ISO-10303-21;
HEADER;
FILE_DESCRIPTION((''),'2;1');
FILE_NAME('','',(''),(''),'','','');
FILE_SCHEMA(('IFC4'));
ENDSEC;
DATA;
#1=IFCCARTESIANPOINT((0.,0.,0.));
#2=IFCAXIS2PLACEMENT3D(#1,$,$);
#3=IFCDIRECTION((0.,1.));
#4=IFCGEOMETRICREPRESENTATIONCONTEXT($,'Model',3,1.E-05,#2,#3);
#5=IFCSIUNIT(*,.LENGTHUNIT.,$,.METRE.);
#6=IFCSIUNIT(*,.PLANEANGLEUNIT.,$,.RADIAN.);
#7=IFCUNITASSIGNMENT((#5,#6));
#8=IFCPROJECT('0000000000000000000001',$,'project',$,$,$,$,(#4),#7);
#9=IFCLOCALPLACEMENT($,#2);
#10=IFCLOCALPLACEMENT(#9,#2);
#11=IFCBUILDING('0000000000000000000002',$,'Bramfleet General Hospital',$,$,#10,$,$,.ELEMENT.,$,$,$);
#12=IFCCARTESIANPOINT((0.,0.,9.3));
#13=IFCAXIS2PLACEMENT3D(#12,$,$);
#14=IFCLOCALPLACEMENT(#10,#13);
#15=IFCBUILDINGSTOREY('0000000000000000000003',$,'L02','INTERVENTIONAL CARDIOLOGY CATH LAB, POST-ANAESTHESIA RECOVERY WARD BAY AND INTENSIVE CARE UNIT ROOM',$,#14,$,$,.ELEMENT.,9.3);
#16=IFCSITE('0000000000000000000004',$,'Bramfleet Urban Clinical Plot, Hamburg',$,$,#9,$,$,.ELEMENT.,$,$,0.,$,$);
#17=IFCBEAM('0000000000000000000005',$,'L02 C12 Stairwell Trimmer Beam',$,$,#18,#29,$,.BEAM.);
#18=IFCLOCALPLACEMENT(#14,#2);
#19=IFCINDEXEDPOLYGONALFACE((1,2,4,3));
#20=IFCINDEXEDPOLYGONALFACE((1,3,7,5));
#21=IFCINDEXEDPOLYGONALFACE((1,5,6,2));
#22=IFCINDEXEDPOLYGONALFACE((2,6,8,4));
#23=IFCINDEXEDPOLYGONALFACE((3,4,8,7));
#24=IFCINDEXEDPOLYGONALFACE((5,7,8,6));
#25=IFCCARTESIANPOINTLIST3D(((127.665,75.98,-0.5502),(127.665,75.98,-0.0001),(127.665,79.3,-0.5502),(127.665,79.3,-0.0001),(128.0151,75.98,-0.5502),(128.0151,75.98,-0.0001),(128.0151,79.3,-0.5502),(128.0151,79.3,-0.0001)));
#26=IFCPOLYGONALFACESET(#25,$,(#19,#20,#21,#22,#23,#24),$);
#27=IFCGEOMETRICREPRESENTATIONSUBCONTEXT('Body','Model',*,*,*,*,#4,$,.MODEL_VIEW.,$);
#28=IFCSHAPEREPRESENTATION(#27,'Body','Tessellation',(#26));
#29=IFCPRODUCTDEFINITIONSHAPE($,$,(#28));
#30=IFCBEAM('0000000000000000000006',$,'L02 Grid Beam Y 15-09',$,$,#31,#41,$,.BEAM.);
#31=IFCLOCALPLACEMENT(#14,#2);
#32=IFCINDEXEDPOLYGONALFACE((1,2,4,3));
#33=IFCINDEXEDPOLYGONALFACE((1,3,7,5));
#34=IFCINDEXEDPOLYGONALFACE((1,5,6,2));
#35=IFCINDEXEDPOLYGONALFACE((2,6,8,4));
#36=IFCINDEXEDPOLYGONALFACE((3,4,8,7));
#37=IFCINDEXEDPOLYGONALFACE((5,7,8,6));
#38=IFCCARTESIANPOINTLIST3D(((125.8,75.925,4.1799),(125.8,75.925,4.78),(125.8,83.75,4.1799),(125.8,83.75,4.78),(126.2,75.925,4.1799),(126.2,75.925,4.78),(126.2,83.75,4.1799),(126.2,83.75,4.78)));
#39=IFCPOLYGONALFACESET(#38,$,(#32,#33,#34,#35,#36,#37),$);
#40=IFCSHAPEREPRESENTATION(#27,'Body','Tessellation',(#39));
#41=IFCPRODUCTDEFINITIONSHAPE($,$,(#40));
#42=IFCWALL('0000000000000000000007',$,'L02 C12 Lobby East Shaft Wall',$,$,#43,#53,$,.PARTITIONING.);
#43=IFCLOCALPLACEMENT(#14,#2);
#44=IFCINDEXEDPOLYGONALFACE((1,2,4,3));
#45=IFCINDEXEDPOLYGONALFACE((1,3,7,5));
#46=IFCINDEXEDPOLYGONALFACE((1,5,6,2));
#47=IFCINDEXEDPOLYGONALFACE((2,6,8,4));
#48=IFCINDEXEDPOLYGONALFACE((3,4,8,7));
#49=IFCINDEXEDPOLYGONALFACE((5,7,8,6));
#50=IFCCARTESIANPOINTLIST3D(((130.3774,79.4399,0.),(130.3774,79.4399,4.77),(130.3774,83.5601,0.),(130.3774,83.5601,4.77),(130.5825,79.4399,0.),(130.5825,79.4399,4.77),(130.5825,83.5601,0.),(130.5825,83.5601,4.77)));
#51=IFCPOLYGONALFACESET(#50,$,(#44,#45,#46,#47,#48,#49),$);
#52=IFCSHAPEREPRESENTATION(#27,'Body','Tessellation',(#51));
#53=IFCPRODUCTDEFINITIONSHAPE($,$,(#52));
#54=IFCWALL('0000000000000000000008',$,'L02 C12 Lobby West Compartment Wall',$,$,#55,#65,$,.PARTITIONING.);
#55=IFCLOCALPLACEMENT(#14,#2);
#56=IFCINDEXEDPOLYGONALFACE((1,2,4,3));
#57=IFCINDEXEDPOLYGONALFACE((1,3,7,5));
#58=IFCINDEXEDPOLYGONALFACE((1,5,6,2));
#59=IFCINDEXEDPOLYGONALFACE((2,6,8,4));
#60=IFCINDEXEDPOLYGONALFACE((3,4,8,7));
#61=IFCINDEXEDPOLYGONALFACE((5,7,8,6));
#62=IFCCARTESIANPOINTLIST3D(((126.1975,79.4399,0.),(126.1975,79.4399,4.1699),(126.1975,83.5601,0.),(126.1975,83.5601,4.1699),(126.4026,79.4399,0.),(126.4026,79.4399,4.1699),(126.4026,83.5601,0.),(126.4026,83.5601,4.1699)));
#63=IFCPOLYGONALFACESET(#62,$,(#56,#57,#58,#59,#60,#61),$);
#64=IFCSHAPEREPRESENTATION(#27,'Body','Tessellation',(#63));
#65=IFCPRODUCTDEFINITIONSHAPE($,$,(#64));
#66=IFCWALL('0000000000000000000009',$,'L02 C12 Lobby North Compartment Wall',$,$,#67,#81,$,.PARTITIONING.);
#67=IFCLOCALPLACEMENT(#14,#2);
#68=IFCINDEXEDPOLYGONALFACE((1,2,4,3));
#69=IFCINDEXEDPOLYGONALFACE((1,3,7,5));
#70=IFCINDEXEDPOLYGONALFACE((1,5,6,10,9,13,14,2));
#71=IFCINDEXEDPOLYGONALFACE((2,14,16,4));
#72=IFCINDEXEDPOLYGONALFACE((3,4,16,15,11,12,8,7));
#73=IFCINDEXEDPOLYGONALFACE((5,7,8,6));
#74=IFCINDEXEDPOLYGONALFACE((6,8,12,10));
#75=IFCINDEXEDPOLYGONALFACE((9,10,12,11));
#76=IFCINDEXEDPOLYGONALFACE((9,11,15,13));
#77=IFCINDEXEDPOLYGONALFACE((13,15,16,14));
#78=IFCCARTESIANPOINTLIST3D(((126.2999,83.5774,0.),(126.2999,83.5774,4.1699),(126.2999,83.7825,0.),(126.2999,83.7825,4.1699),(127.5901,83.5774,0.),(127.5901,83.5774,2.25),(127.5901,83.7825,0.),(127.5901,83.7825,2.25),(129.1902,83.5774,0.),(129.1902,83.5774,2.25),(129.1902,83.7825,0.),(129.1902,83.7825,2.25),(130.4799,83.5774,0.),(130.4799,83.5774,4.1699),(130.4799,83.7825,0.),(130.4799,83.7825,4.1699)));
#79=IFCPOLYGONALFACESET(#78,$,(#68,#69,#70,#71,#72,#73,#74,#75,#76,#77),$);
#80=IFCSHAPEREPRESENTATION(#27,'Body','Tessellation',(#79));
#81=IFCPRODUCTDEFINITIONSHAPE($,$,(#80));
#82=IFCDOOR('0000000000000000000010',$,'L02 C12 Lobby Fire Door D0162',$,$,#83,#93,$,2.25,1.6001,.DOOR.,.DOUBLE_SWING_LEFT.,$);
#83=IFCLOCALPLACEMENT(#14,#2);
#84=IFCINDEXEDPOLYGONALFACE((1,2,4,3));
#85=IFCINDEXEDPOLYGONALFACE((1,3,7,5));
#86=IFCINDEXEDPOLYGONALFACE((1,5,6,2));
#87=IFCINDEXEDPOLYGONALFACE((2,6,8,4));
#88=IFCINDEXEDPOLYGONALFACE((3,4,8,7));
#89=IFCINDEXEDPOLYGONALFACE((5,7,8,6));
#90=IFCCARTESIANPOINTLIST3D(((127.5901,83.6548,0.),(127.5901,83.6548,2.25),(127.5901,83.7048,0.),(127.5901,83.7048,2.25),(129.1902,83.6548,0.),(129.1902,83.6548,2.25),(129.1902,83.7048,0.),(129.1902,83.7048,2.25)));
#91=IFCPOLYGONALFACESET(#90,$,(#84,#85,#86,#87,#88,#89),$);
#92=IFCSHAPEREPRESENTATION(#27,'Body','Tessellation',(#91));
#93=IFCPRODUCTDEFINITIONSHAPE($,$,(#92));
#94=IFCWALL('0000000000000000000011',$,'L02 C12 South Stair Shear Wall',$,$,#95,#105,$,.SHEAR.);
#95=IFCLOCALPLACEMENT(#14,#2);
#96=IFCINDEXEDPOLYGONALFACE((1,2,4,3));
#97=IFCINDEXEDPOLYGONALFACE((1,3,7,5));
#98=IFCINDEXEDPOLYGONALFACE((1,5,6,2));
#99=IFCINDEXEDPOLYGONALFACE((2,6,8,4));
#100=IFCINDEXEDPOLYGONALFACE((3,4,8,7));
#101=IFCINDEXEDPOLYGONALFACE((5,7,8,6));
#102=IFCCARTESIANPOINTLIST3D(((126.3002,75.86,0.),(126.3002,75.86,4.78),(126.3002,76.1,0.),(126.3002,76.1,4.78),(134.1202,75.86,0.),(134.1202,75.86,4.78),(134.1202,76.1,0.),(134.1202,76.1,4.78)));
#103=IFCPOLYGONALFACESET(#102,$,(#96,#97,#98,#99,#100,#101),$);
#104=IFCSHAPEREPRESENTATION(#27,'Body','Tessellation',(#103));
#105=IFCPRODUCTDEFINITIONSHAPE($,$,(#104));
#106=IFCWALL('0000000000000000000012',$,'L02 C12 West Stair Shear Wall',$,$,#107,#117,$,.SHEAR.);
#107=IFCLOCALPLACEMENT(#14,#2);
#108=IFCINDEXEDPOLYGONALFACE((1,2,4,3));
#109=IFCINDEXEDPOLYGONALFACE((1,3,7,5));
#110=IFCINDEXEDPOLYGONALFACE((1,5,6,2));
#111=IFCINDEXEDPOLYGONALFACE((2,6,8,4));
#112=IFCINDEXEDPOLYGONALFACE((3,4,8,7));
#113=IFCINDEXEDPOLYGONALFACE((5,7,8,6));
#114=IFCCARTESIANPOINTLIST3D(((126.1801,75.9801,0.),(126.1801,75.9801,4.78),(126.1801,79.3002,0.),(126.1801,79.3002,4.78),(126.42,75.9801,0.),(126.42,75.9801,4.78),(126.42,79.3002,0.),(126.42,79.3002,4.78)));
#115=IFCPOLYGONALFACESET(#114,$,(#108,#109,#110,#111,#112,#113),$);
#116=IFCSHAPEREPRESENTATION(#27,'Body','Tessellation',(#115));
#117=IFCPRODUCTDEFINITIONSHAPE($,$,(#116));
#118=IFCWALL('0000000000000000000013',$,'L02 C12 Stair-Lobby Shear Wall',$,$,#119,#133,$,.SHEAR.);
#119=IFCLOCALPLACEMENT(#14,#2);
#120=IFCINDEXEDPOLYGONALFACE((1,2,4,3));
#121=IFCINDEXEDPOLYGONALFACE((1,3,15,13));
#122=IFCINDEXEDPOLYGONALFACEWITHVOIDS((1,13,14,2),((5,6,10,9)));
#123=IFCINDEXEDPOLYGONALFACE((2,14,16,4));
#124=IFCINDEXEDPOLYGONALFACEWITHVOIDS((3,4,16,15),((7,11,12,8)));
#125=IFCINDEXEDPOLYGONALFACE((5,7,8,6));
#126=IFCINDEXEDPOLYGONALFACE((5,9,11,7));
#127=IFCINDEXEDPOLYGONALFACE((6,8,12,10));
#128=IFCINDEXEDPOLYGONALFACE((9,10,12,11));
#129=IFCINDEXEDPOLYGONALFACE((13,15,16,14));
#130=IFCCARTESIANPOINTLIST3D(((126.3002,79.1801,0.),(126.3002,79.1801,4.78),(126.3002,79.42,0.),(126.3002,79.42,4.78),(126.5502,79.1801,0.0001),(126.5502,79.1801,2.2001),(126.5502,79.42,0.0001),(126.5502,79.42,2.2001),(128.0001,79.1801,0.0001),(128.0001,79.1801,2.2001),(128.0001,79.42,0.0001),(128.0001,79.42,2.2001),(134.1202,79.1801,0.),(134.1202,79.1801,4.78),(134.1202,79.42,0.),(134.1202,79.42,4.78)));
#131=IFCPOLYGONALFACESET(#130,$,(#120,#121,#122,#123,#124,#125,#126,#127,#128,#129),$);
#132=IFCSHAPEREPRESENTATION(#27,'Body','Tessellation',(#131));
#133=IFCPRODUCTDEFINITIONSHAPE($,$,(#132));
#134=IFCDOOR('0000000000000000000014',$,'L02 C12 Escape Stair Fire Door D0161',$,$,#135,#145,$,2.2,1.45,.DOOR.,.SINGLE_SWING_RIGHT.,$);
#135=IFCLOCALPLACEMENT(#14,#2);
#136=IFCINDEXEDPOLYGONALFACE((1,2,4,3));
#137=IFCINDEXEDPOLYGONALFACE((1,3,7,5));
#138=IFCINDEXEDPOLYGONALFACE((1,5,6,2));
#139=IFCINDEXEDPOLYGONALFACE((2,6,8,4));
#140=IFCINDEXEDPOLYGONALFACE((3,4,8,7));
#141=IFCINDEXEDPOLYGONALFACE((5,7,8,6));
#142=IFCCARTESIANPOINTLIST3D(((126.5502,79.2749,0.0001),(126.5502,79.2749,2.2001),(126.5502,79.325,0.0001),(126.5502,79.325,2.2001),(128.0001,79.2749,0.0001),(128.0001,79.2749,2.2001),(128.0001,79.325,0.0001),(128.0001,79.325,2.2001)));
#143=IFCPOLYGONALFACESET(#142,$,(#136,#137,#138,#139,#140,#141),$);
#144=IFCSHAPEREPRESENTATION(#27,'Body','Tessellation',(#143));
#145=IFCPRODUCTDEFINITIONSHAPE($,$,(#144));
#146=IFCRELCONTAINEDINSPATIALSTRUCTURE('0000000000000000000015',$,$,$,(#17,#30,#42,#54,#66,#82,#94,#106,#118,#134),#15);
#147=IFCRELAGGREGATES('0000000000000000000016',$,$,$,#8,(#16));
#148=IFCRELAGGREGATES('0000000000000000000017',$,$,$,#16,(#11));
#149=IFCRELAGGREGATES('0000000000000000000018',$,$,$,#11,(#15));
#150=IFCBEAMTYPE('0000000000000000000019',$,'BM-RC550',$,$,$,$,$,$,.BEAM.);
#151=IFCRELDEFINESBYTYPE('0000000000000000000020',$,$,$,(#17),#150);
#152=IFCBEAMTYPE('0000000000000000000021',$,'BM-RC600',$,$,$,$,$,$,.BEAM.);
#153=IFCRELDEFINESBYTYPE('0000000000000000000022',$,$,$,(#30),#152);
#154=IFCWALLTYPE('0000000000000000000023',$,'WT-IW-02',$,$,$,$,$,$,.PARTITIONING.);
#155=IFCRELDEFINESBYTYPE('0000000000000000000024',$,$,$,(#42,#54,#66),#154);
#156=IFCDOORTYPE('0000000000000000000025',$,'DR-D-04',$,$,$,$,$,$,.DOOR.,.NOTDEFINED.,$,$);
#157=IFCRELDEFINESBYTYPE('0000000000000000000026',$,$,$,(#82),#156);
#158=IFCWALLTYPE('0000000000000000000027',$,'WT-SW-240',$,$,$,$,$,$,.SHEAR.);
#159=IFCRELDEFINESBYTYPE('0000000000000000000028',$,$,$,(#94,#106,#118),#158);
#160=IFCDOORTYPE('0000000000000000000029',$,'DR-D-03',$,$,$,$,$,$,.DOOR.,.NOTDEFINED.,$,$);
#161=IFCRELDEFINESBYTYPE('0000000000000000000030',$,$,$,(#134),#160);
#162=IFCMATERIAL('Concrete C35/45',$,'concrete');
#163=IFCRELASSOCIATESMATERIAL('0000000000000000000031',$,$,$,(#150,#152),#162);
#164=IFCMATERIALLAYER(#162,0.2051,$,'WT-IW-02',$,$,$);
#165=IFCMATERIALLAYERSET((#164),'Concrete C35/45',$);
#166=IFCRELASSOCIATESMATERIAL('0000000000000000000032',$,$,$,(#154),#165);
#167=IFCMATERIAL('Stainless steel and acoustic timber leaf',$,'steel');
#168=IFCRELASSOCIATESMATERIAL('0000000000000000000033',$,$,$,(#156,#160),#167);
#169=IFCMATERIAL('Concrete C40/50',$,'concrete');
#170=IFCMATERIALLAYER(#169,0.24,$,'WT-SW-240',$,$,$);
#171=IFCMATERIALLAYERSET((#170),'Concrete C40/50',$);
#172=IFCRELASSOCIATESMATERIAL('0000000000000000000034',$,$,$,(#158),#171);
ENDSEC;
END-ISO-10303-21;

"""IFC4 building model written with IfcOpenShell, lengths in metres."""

from ifc_helpers import new_model, si_unit, direction, frame, frame_2d, origin, origin_2d, place, context, subcontext, project, spatial, rectangle, extrude, material, layer, layer_set, material_profile, profile_set, type_object, element, fill, save


model = new_model("IFC4")

# Units and contexts
model_context = context("Model", 3, precision=1e-05, world=origin(), true_north=direction((0.0, 1.0)))
body_context = subcontext(model_context, "Body", "Model", "MODEL_VIEW")
ifc_project = project(units=[si_unit("LENGTHUNIT", "METRE"), si_unit("PLANEANGLEUNIT", "RADIAN")], contexts=[model_context])

# Site, building, storey
site_placement = place(None, origin())
site = spatial("IfcSite", under=ifc_project, at=site_placement, Name="Bramfleet Urban Clinical Plot, Hamburg", CompositionType="ELEMENT", RefElevation=0.0)
building_placement = place(site_placement, origin())
building = spatial("IfcBuilding", under=site, at=building_placement, Name="Bramfleet General Hospital", CompositionType="ELEMENT")
storey_placement = place(building_placement, frame((0.0, 0.0, 9.3)))
storey = spatial("IfcBuildingStorey", under=building, at=storey_placement, Name="L02", Description="INTERVENTIONAL CARDIOLOGY CATH LAB, POST-ANAESTHESIA RECOVERY WARD BAY AND INTENSIVE CARE UNIT ROOM", CompositionType="ELEMENT", Elevation=9.3)

# Beams
ifc_material_1 = material(Name="Concrete C35/45", Category="concrete")
ifc_material_profile_1 = material_profile(ifc_material_1, rectangle(XDim=0.3501, YDim=0.55, at=origin_2d()), Name="RC BM 550x350")
ifc_profile_set_1 = profile_set([ifc_material_profile_1], Name="Concrete C35/45")
beam_type_1 = type_object("IfcBeamType", Name="BM-RC550", PredefinedType="BEAM", material=ifc_profile_set_1)
beam_1_placement = place(storey_placement, frame((127.8401, 75.98, -0.2751), z_axis=(0.0, 1.0, 0.0), x_axis=(-1.0, 0.0, 0.0)))
element("IfcBeam", 1, at=beam_1_placement, inside=storey, type_object=beam_type_1, Name="L02 C12 Stairwell Trimmer Beam", PredefinedType="BEAM", context=body_context, shape_type="SweptSolid", body=[
    extrude(rectangle(XDim=0.3501, YDim=0.55, at=origin_2d()), origin(), (0.0, 0.0, 1.0), 3.3201),
])
ifc_material_profile_2 = material_profile(ifc_material_1, rectangle(XDim=0.3999, YDim=0.6001, at=origin_2d()), Name="RC BM 600x400")
ifc_profile_set_2 = profile_set([ifc_material_profile_2], Name="Concrete C35/45")
beam_type_2 = type_object("IfcBeamType", Name="BM-RC600", PredefinedType="BEAM", material=ifc_profile_set_2)
beam_2_placement = place(storey_placement, frame((126.0, 75.925, 4.48), z_axis=(0.0, 1.0, 0.0), x_axis=(-1.0, 0.0, 0.0)))
element("IfcBeam", 2, at=beam_2_placement, inside=storey, type_object=beam_type_2, Name="L02 Grid Beam Y 15-09", PredefinedType="BEAM", context=body_context, shape_type="SweptSolid", body=[
    extrude(rectangle(XDim=0.3999, YDim=0.6001, at=origin_2d()), origin(), (0.0, 0.0, 1.0), 7.825),
])

# Walls
ifc_layer_1 = layer(ifc_material_1, 0.2051, Name="WT-IW-02")
ifc_layer_set_1 = layer_set([ifc_layer_1], Name="Concrete C35/45")
wall_type_1 = type_object("IfcWallType", Name="WT-IW-02", PredefinedType="PARTITIONING", material=ifc_layer_set_1)
wall_1_placement = place(storey_placement, frame((130.48, 79.4399, 0.0), z_axis=(0.0, 0.0, 1.0), x_axis=(0.0, 1.0, 0.0)))
element("IfcWall", 3, at=wall_1_placement, inside=storey, type_object=wall_type_1, Name="L02 C12 Lobby East Shaft Wall", PredefinedType="PARTITIONING", context=body_context, shape_type="SweptSolid", body=[
    extrude(rectangle(XDim=4.1201, YDim=0.2051, at=frame_2d((2.0601, 0.0))), origin(), (0.0, 0.0, 1.0), 4.77),
])
wall_2_placement = place(storey_placement, frame((126.3, 79.4399, 0.0), z_axis=(0.0, 0.0, 1.0), x_axis=(0.0, 1.0, 0.0)))
element("IfcWall", 4, at=wall_2_placement, inside=storey, type_object=wall_type_1, Name="L02 C12 Lobby West Compartment Wall", PredefinedType="PARTITIONING", context=body_context, shape_type="SweptSolid", body=[
    extrude(rectangle(XDim=4.1201, YDim=0.2051, at=frame_2d((2.0601, 0.0))), origin(), (0.0, 0.0, 1.0), 4.1699),
])

# Wall, opening, door
wall_3_placement = place(storey_placement, frame((126.3, 83.6799, 0.0), z_axis=(0.0, 0.0, 1.0), x_axis=(1.0, 0.0, 0.0)))
wall_3 = element("IfcWall", 5, at=wall_3_placement, inside=storey, type_object=wall_type_1, Name="L02 C12 Lobby North Compartment Wall", PredefinedType="PARTITIONING", context=body_context, shape_type="SweptSolid", body=[
    extrude(rectangle(XDim=4.1799, YDim=0.2051, at=frame_2d((2.0898, 0.0))), origin(), (0.0, 0.0, 1.0), 4.1699),
])
opening_1_placement = place(wall_3_placement, frame((1.29, 0.0, 0.0)))
opening_1 = element("IfcOpeningElement", 6, at=opening_1_placement, cuts=wall_3, PredefinedType="OPENING", context=body_context, shape_type="SweptSolid", body=[
    extrude(rectangle(XDim=1.6001, YDim=2.25, at=frame_2d((0.8, 1.125))), frame((0.0, 0.1125, 0.0), z_axis=(0.0, -1.0, 0.0), x_axis=(1.0, 0.0, 0.0)), (0.0, 0.0, 1.0), 0.2251),
])
ifc_material_2 = material(Name="Stainless steel and acoustic timber leaf", Category="steel")
door_type_1 = type_object("IfcDoorType", Name="DR-D-04", OperationType="NOTDEFINED", PredefinedType="DOOR", material=ifc_material_2)
door_1_placement = place(opening_1_placement, origin())
door_1 = element("IfcDoor", 7, at=door_1_placement, inside=storey, type_object=door_type_1, Name="L02 C12 Lobby Fire Door D0162", OperationType="DOUBLE_SWING_LEFT", OverallHeight=2.25, OverallWidth=1.6001, PredefinedType="DOOR", context=body_context, shape_type="SweptSolid", body=[
    extrude(rectangle(XDim=1.6001, YDim=2.25, at=frame_2d((0.8, 1.125))), frame((0.0, 0.0249, 0.0), z_axis=(0.0, -1.0, 0.0), x_axis=(1.0, 0.0, 0.0)), (0.0, 0.0, 1.0), 0.05),
])
fill(opening_1, door_1)

# Walls
ifc_material_3 = material(Name="Concrete C40/50", Category="concrete")
ifc_layer_2 = layer(ifc_material_3, 0.24, Name="WT-SW-240")
ifc_layer_set_2 = layer_set([ifc_layer_2], Name="Concrete C40/50")
wall_type_2 = type_object("IfcWallType", Name="WT-SW-240", PredefinedType="SHEAR", material=ifc_layer_set_2)
wall_4_placement = place(storey_placement, frame((126.3, 75.98, 0.0), z_axis=(0.0, 0.0, 1.0), x_axis=(1.0, 0.0, 0.0)))
element("IfcWall", 8, at=wall_4_placement, inside=storey, type_object=wall_type_2, Name="L02 C12 South Stair Shear Wall", PredefinedType="SHEAR", context=body_context, shape_type="SweptSolid", body=[
    extrude(rectangle(XDim=7.8201, YDim=0.24, at=frame_2d((3.9102, 0.0))), origin(), (0.0, 0.0, 1.0), 4.78),
])
wall_5_placement = place(storey_placement, frame((126.3, 75.98, 0.0), z_axis=(0.0, 0.0, 1.0), x_axis=(0.0, 1.0, 0.0)))
element("IfcWall", 9, at=wall_5_placement, inside=storey, type_object=wall_type_2, Name="L02 C12 West Stair Shear Wall", PredefinedType="SHEAR", context=body_context, shape_type="SweptSolid", body=[
    extrude(rectangle(XDim=3.3201, YDim=0.24, at=frame_2d((1.6602, 0.0))), origin(), (0.0, 0.0, 1.0), 4.78),
])

# Wall, opening, door
wall_6_placement = place(storey_placement, frame((126.3, 79.3, 0.0), z_axis=(0.0, 0.0, 1.0), x_axis=(1.0, 0.0, 0.0)))
wall_6 = element("IfcWall", 10, at=wall_6_placement, inside=storey, type_object=wall_type_2, Name="L02 C12 Stair-Lobby Shear Wall", PredefinedType="SHEAR", context=body_context, shape_type="SweptSolid", body=[
    extrude(rectangle(XDim=7.8201, YDim=0.24, at=frame_2d((3.9102, 0.0))), origin(), (0.0, 0.0, 1.0), 4.78),
])
opening_2_placement = place(wall_6_placement, frame((0.25, 0.0, 0.0)))
opening_2 = element("IfcOpeningElement", 11, at=opening_2_placement, cuts=wall_6, PredefinedType="OPENING", context=body_context, shape_type="SweptSolid", body=[
    extrude(rectangle(XDim=1.45, YDim=2.2, at=frame_2d((0.7251, 1.1001))), frame((0.0, 0.1299, 0.0), z_axis=(0.0, -1.0, 0.0), x_axis=(1.0, 0.0, 0.0)), (0.0, 0.0, 1.0), 0.26),
])
door_type_2 = type_object("IfcDoorType", Name="DR-D-03", OperationType="NOTDEFINED", PredefinedType="DOOR", material=ifc_material_2)
door_2_placement = place(opening_2_placement, origin())
door_2 = element("IfcDoor", 12, at=door_2_placement, inside=storey, type_object=door_type_2, Name="L02 C12 Escape Stair Fire Door D0161", OperationType="SINGLE_SWING_RIGHT", OverallHeight=2.2, OverallWidth=1.45, PredefinedType="DOOR", context=body_context, shape_type="SweptSolid", body=[
    extrude(rectangle(XDim=1.45, YDim=2.2, at=frame_2d((0.7251, 1.1001))), frame((0.0, 0.0249, 0.0), z_axis=(0.0, -1.0, 0.0), x_axis=(1.0, 0.0, 0.0)), (0.0, 0.0, 1.0), 0.05),
])
fill(opening_2, door_2)

save(model, "model.ifc")
